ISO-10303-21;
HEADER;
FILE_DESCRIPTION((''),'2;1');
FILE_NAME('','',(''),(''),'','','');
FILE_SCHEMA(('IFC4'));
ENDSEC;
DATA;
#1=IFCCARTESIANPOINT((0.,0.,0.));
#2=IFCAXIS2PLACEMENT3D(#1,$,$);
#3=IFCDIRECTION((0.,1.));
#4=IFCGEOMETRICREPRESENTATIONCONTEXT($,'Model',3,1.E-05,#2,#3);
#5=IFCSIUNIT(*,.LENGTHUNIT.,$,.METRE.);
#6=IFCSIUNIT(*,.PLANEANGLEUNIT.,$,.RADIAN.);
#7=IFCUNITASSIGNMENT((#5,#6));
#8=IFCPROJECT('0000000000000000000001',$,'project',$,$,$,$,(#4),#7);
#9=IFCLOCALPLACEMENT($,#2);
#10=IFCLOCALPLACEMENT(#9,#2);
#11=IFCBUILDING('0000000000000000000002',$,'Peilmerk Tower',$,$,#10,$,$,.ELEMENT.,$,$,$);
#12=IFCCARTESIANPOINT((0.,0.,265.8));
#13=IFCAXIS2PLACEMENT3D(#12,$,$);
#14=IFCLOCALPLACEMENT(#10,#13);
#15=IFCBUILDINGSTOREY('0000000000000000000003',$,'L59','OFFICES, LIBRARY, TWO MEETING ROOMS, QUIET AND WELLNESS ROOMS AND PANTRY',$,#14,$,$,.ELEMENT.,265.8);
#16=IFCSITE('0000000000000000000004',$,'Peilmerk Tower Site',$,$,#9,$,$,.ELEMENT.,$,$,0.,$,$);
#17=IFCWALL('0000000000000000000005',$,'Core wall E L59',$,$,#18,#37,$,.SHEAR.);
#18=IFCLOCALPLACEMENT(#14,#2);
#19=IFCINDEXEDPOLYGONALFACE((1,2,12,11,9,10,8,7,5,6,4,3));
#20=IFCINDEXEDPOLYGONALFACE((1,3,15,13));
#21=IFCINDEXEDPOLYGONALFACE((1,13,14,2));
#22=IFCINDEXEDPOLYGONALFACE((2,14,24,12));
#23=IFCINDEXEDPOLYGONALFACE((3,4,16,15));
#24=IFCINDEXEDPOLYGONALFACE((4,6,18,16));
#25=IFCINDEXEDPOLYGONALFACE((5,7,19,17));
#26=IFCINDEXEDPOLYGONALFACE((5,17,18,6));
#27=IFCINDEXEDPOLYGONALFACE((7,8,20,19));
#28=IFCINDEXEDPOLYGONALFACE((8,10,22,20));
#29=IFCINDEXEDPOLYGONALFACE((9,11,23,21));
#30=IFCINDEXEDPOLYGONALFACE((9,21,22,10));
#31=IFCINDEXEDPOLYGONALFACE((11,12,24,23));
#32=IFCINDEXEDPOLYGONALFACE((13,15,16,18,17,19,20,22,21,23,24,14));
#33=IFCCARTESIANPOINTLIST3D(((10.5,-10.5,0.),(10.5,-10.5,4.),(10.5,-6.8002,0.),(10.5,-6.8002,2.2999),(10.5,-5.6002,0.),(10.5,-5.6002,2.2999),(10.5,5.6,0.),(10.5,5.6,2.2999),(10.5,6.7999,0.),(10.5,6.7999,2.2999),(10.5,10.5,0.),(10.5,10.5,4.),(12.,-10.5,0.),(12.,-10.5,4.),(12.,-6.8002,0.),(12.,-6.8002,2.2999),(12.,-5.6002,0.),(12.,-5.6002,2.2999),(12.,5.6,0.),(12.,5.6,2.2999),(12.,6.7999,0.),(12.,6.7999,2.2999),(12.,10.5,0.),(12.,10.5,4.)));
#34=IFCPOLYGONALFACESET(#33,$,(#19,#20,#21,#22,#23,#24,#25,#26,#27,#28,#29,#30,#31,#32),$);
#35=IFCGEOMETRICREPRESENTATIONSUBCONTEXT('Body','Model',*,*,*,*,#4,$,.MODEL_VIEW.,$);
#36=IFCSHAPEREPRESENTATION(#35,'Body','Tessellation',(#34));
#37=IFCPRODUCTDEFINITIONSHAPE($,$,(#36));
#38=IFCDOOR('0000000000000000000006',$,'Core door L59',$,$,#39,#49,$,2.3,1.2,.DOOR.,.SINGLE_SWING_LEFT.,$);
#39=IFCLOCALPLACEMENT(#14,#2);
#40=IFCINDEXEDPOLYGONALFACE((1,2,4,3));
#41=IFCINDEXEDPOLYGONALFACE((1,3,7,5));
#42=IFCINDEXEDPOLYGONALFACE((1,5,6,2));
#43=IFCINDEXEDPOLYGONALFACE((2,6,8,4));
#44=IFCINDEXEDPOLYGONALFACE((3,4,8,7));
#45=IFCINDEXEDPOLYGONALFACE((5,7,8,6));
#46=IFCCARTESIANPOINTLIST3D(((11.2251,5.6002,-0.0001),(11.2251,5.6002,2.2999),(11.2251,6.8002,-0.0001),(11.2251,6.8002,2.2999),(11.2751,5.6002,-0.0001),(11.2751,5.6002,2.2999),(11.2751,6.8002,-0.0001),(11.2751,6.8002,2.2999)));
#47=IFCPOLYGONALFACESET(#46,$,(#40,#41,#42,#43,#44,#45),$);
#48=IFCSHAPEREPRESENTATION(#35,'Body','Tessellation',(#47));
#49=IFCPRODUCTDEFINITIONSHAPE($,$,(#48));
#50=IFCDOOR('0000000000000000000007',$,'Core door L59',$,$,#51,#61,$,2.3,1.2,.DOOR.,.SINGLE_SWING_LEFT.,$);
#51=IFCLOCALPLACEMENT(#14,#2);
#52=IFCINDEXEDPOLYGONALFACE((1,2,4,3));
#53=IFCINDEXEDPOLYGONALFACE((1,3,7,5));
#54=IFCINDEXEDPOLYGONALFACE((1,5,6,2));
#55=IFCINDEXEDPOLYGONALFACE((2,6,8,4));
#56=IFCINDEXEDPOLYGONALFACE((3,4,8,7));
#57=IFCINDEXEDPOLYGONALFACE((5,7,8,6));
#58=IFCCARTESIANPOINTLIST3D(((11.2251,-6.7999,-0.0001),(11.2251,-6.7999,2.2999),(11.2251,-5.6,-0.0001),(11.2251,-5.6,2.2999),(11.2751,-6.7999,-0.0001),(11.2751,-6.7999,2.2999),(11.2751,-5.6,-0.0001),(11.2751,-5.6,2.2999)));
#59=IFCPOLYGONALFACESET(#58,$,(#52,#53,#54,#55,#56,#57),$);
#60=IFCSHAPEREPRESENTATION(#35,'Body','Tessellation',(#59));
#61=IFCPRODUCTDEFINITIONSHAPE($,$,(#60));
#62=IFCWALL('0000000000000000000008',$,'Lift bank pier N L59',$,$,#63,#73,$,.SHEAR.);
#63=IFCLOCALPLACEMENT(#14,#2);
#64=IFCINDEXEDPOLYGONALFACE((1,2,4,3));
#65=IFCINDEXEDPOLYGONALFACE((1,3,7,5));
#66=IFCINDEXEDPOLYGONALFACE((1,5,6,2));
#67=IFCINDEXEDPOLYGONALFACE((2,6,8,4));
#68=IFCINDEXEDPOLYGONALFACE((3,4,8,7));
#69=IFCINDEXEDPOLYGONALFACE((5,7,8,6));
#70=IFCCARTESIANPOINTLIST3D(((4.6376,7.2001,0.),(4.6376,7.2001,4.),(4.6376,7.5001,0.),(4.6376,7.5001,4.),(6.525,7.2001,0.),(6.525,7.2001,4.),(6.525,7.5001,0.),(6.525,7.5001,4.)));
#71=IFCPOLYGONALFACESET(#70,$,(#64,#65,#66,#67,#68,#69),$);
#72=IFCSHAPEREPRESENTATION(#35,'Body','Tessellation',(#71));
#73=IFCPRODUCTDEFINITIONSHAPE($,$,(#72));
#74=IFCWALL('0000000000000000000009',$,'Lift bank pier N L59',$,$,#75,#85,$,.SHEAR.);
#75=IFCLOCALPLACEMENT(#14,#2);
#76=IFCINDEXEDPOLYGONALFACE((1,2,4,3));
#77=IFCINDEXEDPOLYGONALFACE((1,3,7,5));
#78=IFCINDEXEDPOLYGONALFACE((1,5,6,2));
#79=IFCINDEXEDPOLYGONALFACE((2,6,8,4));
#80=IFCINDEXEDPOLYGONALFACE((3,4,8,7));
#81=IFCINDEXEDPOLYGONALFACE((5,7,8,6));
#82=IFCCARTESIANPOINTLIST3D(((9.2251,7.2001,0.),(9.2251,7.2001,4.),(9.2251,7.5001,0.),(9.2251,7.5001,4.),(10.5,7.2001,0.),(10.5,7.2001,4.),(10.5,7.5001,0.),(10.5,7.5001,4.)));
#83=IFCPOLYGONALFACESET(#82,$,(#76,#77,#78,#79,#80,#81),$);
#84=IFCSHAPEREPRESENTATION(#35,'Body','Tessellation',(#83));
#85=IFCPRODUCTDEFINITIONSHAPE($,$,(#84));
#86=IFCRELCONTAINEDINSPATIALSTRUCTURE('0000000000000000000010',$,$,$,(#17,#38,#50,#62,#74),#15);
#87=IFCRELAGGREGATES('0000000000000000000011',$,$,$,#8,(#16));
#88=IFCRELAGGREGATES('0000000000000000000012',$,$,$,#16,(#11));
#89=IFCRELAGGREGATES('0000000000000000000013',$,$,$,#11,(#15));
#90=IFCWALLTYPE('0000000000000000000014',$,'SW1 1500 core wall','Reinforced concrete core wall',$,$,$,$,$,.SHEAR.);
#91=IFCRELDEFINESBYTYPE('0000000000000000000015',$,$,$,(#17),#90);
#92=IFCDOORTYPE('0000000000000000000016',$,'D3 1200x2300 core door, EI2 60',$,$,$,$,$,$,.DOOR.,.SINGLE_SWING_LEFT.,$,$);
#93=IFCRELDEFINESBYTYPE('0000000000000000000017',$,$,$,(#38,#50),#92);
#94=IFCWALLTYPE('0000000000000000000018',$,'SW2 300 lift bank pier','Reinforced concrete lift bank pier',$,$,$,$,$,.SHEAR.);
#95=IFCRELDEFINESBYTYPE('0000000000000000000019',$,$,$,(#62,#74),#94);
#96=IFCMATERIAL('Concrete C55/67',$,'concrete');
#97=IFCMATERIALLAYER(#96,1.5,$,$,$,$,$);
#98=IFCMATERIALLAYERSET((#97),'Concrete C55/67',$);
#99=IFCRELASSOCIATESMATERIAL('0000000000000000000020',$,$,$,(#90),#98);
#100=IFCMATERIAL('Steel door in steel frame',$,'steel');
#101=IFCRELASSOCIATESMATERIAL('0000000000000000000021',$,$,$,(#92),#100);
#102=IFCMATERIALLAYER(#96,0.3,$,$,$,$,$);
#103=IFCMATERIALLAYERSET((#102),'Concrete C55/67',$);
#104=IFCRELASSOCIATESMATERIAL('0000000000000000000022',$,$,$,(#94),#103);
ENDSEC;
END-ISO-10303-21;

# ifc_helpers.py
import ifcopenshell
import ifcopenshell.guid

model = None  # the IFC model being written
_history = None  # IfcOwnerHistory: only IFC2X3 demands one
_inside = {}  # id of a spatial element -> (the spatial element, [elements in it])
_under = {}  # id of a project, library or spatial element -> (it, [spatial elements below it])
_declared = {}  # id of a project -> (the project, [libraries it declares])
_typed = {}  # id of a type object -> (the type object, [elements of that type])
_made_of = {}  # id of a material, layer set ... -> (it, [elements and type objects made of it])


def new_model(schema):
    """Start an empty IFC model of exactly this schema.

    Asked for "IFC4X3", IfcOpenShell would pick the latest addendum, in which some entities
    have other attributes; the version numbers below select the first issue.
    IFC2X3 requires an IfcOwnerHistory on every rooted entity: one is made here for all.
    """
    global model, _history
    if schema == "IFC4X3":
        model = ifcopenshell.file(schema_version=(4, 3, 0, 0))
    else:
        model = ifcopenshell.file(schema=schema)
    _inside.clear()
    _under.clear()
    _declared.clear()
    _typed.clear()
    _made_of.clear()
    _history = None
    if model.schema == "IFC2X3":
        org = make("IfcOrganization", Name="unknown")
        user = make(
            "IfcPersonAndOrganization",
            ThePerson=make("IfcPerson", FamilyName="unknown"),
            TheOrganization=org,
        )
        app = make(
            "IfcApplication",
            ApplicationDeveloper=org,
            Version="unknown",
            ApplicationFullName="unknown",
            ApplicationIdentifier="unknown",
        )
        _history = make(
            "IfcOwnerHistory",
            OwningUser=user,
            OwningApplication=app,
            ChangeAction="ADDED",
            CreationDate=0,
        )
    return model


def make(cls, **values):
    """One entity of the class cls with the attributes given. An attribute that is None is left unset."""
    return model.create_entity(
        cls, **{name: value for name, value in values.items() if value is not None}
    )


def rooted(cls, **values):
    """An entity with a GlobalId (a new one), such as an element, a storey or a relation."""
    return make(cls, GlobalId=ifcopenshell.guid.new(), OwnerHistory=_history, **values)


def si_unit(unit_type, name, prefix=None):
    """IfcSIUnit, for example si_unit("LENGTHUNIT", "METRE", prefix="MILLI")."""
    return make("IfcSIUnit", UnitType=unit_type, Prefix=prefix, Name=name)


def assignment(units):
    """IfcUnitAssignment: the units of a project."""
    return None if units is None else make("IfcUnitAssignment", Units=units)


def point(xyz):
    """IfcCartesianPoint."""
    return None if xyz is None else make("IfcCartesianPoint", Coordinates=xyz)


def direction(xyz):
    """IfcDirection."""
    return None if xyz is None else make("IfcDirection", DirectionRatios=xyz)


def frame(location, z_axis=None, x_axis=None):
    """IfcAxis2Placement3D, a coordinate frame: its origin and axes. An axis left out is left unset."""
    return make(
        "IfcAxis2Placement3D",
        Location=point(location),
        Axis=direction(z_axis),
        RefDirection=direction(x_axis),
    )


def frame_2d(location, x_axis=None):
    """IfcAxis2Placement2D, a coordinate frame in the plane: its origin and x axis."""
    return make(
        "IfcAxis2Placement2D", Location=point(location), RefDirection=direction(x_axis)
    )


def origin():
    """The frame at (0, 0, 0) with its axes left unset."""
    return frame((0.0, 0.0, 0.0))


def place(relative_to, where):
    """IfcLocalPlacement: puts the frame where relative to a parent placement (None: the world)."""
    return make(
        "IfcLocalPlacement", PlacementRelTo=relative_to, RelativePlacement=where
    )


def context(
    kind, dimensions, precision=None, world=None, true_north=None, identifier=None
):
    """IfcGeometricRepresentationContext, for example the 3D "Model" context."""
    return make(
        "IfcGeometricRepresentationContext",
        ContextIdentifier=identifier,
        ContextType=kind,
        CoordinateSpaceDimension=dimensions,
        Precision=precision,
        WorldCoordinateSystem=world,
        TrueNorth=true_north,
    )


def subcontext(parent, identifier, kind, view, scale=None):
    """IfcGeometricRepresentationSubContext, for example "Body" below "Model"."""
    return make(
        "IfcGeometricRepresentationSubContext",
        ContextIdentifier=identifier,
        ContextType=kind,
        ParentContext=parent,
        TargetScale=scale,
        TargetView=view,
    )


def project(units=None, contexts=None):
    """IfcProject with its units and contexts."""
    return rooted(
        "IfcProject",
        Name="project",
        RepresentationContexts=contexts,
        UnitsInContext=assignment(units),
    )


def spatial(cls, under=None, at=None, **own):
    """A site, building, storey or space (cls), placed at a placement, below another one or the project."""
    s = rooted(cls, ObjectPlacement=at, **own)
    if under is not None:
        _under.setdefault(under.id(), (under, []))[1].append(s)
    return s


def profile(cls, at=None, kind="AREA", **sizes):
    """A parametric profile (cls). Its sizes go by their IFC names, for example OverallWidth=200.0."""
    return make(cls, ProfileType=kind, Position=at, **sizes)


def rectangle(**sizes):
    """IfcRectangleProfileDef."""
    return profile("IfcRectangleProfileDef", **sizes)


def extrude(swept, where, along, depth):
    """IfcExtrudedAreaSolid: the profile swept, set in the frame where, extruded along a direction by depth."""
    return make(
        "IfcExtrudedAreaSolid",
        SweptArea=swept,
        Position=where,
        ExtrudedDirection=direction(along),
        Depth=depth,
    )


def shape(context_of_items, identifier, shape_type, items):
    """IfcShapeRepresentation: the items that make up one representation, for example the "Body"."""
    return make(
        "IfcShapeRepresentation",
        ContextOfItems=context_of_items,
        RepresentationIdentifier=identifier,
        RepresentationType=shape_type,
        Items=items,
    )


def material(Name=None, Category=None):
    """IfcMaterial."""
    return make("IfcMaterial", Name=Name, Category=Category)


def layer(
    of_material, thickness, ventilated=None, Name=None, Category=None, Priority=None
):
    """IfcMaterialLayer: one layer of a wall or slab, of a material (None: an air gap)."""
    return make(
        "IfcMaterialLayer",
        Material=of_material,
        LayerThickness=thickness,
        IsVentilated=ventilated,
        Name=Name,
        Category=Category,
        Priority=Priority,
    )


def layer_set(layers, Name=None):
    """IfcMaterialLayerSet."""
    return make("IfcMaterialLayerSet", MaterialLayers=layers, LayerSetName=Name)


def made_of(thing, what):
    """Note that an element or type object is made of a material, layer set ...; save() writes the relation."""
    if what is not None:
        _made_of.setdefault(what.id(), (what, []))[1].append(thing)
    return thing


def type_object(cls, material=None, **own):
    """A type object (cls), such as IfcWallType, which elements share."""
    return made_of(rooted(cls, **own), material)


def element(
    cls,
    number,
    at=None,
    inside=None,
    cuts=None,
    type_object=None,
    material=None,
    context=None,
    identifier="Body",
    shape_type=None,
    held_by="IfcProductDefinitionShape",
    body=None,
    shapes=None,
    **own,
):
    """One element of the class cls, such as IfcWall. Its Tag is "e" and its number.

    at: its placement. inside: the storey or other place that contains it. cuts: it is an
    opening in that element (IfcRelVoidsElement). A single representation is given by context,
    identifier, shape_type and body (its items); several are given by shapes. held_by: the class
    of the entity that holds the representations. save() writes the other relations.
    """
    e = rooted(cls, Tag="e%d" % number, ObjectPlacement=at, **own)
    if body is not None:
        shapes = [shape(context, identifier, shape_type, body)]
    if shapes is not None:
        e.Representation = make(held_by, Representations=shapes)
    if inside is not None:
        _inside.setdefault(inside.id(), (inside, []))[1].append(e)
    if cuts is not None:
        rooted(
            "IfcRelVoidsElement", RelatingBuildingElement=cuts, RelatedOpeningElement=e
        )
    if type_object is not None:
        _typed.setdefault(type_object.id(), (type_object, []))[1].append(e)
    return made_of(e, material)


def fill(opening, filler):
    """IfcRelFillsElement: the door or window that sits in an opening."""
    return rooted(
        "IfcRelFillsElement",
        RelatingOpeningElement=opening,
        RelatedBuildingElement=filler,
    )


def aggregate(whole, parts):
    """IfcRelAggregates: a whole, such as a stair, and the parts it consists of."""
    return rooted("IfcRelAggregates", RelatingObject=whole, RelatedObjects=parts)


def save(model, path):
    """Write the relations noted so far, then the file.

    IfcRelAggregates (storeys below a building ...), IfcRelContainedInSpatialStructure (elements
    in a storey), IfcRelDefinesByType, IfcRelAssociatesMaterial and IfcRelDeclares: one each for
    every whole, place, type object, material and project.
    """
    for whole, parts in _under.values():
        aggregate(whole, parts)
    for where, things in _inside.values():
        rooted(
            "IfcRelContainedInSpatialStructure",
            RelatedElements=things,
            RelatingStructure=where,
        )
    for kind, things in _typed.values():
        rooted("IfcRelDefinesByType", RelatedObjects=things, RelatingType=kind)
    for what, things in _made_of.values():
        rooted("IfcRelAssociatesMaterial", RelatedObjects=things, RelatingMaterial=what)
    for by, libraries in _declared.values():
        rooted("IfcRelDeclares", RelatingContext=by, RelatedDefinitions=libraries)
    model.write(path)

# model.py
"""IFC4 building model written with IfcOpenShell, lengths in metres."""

from ifc_helpers import new_model, si_unit, direction, frame, frame_2d, origin, place, context, subcontext, project, spatial, rectangle, extrude, material, layer, layer_set, type_object, element, fill, save


model = new_model("IFC4")

# Units and contexts
model_context = context("Model", 3, precision=1e-05, world=origin(), true_north=direction((0.0, 1.0)))
body_context = subcontext(model_context, "Body", "Model", "MODEL_VIEW")
ifc_project = project(units=[si_unit("LENGTHUNIT", "METRE"), si_unit("PLANEANGLEUNIT", "RADIAN")], contexts=[model_context])

# Site, building, storey
site_placement = place(None, origin())
site = spatial("IfcSite", under=ifc_project, at=site_placement, Name="Peilmerk Tower Site", CompositionType="ELEMENT", RefElevation=0.0)
building_placement = place(site_placement, origin())
building = spatial("IfcBuilding", under=site, at=building_placement, Name="Peilmerk Tower", CompositionType="ELEMENT")
storey_placement = place(building_placement, frame((0.0, 0.0, 265.8)))
storey = spatial("IfcBuildingStorey", under=building, at=storey_placement, Name="L59", Description="OFFICES, LIBRARY, TWO MEETING ROOMS, QUIET AND WELLNESS ROOMS AND PANTRY", CompositionType="ELEMENT", Elevation=265.8)

# Shared definitions
ifc_material_1 = material(Name="Steel door in steel frame", Category="steel")

# Wall, openings, doors
ifc_material_2 = material(Name="Concrete C55/67", Category="concrete")
ifc_layer_1 = layer(ifc_material_2, 1.5)
ifc_layer_set_1 = layer_set([ifc_layer_1], Name="Concrete C55/67")
wall_type_1 = type_object("IfcWallType", Name="SW1 1500 core wall", Description="Reinforced concrete core wall", PredefinedType="SHEAR", material=ifc_layer_set_1)
wall_1_placement = place(storey_placement, frame((11.25, 10.5, 0.0), z_axis=(0.0, 0.0, 1.0), x_axis=(0.0, -1.0, 0.0)))
wall_1 = element("IfcWall", 1, at=wall_1_placement, inside=storey, type_object=wall_type_1, Name="Core wall E L59", PredefinedType="SHEAR", context=body_context, shape_type="SweptSolid", body=[
    extrude(rectangle(XDim=21.0, YDim=1.5, at=frame_2d((10.5, 0.0))), origin(), (0.0, 0.0, 1.0), 4.0),
])
opening_1_placement = place(wall_1_placement, frame((3.7, 0.0, 0.0)))
opening_1 = element("IfcOpeningElement", 2, at=opening_1_placement, cuts=wall_1, PredefinedType="OPENING", context=body_context, shape_type="SweptSolid", body=[
    extrude(rectangle(XDim=1.2, YDim=2.3, at=frame_2d((0.6001, 1.1499))), frame((0.0, 0.76, 0.0), z_axis=(0.0, -1.0, 0.0), x_axis=(1.0, 0.0, 0.0)), (0.0, 0.0, 1.0), 1.52),
])
opening_2_placement = place(wall_1_placement, frame((16.1001, 0.0, 0.0)))
opening_2 = element("IfcOpeningElement", 3, at=opening_2_placement, cuts=wall_1, PredefinedType="OPENING", context=body_context, shape_type="SweptSolid", body=[
    extrude(rectangle(XDim=1.2, YDim=2.3, at=frame_2d((0.6001, 1.1499))), frame((0.0, 0.76, 0.0), z_axis=(0.0, -1.0, 0.0), x_axis=(1.0, 0.0, 0.0)), (0.0, 0.0, 1.0), 1.52),
])
door_type_1 = type_object("IfcDoorType", Name="D3 1200x2300 core door, EI2 60", OperationType="SINGLE_SWING_LEFT", PredefinedType="DOOR", material=ifc_material_1)
door_1_placement = place(opening_1_placement, frame((1.2, 0.0, 0.0), z_axis=(0.0, 0.0, 1.0), x_axis=(-1.0, 0.0, 0.0)))
door_1 = element("IfcDoor", 4, at=door_1_placement, inside=storey, type_object=door_type_1, Name="Core door L59", OperationType="SINGLE_SWING_LEFT", OverallHeight=2.3, OverallWidth=1.2, PredefinedType="DOOR", context=body_context, shape_type="SweptSolid", body=[
    extrude(rectangle(XDim=1.2, YDim=2.3, at=frame_2d((0.6001, 1.1499))), frame((0.0, 0.0249, 0.0), z_axis=(0.0, -1.0, 0.0), x_axis=(1.0, 0.0, 0.0)), (0.0, 0.0, 1.0), 0.05),
])
fill(opening_1, door_1)
door_2_placement = place(opening_2_placement, frame((1.2, 0.0, 0.0), z_axis=(0.0, 0.0, 1.0), x_axis=(-1.0, 0.0, 0.0)))
door_2 = element("IfcDoor", 5, at=door_2_placement, inside=storey, type_object=door_type_1, Name="Core door L59", OperationType="SINGLE_SWING_LEFT", OverallHeight=2.3, OverallWidth=1.2, PredefinedType="DOOR", context=body_context, shape_type="SweptSolid", body=[
    extrude(rectangle(XDim=1.2, YDim=2.3, at=frame_2d((0.6001, 1.1499))), frame((0.0, 0.0249, 0.0), z_axis=(0.0, -1.0, 0.0), x_axis=(1.0, 0.0, 0.0)), (0.0, 0.0, 1.0), 0.05),
])
fill(opening_2, door_2)

# Walls
ifc_layer_2 = layer(ifc_material_2, 0.3)
ifc_layer_set_2 = layer_set([ifc_layer_2], Name="Concrete C55/67")
wall_type_2 = type_object("IfcWallType", Name="SW2 300 lift bank pier", Description="Reinforced concrete lift bank pier", PredefinedType="SHEAR", material=ifc_layer_set_2)
wall_2_placement = place(storey_placement, frame((4.6375, 7.3501, 0.0), z_axis=(0.0, 0.0, 1.0), x_axis=(1.0, 0.0, 0.0)))
element("IfcWall", 6, at=wall_2_placement, inside=storey, type_object=wall_type_2, Name="Lift bank pier N L59", PredefinedType="SHEAR", context=body_context, shape_type="SweptSolid", body=[
    extrude(rectangle(XDim=1.8875, YDim=0.3, at=frame_2d((0.9438, 0.0))), origin(), (0.0, 0.0, 1.0), 4.0),
])
wall_3_placement = place(storey_placement, frame((9.2251, 7.3501, 0.0), z_axis=(0.0, 0.0, 1.0), x_axis=(1.0, 0.0, 0.0)))
element("IfcWall", 7, at=wall_3_placement, inside=storey, type_object=wall_type_2, Name="Lift bank pier N L59", PredefinedType="SHEAR", context=body_context, shape_type="SweptSolid", body=[
    extrude(rectangle(XDim=1.2749, YDim=0.3, at=frame_2d((0.6375, 0.0))), origin(), (0.0, 0.0, 1.0), 4.0),
])

save(model, "model.ifc")
